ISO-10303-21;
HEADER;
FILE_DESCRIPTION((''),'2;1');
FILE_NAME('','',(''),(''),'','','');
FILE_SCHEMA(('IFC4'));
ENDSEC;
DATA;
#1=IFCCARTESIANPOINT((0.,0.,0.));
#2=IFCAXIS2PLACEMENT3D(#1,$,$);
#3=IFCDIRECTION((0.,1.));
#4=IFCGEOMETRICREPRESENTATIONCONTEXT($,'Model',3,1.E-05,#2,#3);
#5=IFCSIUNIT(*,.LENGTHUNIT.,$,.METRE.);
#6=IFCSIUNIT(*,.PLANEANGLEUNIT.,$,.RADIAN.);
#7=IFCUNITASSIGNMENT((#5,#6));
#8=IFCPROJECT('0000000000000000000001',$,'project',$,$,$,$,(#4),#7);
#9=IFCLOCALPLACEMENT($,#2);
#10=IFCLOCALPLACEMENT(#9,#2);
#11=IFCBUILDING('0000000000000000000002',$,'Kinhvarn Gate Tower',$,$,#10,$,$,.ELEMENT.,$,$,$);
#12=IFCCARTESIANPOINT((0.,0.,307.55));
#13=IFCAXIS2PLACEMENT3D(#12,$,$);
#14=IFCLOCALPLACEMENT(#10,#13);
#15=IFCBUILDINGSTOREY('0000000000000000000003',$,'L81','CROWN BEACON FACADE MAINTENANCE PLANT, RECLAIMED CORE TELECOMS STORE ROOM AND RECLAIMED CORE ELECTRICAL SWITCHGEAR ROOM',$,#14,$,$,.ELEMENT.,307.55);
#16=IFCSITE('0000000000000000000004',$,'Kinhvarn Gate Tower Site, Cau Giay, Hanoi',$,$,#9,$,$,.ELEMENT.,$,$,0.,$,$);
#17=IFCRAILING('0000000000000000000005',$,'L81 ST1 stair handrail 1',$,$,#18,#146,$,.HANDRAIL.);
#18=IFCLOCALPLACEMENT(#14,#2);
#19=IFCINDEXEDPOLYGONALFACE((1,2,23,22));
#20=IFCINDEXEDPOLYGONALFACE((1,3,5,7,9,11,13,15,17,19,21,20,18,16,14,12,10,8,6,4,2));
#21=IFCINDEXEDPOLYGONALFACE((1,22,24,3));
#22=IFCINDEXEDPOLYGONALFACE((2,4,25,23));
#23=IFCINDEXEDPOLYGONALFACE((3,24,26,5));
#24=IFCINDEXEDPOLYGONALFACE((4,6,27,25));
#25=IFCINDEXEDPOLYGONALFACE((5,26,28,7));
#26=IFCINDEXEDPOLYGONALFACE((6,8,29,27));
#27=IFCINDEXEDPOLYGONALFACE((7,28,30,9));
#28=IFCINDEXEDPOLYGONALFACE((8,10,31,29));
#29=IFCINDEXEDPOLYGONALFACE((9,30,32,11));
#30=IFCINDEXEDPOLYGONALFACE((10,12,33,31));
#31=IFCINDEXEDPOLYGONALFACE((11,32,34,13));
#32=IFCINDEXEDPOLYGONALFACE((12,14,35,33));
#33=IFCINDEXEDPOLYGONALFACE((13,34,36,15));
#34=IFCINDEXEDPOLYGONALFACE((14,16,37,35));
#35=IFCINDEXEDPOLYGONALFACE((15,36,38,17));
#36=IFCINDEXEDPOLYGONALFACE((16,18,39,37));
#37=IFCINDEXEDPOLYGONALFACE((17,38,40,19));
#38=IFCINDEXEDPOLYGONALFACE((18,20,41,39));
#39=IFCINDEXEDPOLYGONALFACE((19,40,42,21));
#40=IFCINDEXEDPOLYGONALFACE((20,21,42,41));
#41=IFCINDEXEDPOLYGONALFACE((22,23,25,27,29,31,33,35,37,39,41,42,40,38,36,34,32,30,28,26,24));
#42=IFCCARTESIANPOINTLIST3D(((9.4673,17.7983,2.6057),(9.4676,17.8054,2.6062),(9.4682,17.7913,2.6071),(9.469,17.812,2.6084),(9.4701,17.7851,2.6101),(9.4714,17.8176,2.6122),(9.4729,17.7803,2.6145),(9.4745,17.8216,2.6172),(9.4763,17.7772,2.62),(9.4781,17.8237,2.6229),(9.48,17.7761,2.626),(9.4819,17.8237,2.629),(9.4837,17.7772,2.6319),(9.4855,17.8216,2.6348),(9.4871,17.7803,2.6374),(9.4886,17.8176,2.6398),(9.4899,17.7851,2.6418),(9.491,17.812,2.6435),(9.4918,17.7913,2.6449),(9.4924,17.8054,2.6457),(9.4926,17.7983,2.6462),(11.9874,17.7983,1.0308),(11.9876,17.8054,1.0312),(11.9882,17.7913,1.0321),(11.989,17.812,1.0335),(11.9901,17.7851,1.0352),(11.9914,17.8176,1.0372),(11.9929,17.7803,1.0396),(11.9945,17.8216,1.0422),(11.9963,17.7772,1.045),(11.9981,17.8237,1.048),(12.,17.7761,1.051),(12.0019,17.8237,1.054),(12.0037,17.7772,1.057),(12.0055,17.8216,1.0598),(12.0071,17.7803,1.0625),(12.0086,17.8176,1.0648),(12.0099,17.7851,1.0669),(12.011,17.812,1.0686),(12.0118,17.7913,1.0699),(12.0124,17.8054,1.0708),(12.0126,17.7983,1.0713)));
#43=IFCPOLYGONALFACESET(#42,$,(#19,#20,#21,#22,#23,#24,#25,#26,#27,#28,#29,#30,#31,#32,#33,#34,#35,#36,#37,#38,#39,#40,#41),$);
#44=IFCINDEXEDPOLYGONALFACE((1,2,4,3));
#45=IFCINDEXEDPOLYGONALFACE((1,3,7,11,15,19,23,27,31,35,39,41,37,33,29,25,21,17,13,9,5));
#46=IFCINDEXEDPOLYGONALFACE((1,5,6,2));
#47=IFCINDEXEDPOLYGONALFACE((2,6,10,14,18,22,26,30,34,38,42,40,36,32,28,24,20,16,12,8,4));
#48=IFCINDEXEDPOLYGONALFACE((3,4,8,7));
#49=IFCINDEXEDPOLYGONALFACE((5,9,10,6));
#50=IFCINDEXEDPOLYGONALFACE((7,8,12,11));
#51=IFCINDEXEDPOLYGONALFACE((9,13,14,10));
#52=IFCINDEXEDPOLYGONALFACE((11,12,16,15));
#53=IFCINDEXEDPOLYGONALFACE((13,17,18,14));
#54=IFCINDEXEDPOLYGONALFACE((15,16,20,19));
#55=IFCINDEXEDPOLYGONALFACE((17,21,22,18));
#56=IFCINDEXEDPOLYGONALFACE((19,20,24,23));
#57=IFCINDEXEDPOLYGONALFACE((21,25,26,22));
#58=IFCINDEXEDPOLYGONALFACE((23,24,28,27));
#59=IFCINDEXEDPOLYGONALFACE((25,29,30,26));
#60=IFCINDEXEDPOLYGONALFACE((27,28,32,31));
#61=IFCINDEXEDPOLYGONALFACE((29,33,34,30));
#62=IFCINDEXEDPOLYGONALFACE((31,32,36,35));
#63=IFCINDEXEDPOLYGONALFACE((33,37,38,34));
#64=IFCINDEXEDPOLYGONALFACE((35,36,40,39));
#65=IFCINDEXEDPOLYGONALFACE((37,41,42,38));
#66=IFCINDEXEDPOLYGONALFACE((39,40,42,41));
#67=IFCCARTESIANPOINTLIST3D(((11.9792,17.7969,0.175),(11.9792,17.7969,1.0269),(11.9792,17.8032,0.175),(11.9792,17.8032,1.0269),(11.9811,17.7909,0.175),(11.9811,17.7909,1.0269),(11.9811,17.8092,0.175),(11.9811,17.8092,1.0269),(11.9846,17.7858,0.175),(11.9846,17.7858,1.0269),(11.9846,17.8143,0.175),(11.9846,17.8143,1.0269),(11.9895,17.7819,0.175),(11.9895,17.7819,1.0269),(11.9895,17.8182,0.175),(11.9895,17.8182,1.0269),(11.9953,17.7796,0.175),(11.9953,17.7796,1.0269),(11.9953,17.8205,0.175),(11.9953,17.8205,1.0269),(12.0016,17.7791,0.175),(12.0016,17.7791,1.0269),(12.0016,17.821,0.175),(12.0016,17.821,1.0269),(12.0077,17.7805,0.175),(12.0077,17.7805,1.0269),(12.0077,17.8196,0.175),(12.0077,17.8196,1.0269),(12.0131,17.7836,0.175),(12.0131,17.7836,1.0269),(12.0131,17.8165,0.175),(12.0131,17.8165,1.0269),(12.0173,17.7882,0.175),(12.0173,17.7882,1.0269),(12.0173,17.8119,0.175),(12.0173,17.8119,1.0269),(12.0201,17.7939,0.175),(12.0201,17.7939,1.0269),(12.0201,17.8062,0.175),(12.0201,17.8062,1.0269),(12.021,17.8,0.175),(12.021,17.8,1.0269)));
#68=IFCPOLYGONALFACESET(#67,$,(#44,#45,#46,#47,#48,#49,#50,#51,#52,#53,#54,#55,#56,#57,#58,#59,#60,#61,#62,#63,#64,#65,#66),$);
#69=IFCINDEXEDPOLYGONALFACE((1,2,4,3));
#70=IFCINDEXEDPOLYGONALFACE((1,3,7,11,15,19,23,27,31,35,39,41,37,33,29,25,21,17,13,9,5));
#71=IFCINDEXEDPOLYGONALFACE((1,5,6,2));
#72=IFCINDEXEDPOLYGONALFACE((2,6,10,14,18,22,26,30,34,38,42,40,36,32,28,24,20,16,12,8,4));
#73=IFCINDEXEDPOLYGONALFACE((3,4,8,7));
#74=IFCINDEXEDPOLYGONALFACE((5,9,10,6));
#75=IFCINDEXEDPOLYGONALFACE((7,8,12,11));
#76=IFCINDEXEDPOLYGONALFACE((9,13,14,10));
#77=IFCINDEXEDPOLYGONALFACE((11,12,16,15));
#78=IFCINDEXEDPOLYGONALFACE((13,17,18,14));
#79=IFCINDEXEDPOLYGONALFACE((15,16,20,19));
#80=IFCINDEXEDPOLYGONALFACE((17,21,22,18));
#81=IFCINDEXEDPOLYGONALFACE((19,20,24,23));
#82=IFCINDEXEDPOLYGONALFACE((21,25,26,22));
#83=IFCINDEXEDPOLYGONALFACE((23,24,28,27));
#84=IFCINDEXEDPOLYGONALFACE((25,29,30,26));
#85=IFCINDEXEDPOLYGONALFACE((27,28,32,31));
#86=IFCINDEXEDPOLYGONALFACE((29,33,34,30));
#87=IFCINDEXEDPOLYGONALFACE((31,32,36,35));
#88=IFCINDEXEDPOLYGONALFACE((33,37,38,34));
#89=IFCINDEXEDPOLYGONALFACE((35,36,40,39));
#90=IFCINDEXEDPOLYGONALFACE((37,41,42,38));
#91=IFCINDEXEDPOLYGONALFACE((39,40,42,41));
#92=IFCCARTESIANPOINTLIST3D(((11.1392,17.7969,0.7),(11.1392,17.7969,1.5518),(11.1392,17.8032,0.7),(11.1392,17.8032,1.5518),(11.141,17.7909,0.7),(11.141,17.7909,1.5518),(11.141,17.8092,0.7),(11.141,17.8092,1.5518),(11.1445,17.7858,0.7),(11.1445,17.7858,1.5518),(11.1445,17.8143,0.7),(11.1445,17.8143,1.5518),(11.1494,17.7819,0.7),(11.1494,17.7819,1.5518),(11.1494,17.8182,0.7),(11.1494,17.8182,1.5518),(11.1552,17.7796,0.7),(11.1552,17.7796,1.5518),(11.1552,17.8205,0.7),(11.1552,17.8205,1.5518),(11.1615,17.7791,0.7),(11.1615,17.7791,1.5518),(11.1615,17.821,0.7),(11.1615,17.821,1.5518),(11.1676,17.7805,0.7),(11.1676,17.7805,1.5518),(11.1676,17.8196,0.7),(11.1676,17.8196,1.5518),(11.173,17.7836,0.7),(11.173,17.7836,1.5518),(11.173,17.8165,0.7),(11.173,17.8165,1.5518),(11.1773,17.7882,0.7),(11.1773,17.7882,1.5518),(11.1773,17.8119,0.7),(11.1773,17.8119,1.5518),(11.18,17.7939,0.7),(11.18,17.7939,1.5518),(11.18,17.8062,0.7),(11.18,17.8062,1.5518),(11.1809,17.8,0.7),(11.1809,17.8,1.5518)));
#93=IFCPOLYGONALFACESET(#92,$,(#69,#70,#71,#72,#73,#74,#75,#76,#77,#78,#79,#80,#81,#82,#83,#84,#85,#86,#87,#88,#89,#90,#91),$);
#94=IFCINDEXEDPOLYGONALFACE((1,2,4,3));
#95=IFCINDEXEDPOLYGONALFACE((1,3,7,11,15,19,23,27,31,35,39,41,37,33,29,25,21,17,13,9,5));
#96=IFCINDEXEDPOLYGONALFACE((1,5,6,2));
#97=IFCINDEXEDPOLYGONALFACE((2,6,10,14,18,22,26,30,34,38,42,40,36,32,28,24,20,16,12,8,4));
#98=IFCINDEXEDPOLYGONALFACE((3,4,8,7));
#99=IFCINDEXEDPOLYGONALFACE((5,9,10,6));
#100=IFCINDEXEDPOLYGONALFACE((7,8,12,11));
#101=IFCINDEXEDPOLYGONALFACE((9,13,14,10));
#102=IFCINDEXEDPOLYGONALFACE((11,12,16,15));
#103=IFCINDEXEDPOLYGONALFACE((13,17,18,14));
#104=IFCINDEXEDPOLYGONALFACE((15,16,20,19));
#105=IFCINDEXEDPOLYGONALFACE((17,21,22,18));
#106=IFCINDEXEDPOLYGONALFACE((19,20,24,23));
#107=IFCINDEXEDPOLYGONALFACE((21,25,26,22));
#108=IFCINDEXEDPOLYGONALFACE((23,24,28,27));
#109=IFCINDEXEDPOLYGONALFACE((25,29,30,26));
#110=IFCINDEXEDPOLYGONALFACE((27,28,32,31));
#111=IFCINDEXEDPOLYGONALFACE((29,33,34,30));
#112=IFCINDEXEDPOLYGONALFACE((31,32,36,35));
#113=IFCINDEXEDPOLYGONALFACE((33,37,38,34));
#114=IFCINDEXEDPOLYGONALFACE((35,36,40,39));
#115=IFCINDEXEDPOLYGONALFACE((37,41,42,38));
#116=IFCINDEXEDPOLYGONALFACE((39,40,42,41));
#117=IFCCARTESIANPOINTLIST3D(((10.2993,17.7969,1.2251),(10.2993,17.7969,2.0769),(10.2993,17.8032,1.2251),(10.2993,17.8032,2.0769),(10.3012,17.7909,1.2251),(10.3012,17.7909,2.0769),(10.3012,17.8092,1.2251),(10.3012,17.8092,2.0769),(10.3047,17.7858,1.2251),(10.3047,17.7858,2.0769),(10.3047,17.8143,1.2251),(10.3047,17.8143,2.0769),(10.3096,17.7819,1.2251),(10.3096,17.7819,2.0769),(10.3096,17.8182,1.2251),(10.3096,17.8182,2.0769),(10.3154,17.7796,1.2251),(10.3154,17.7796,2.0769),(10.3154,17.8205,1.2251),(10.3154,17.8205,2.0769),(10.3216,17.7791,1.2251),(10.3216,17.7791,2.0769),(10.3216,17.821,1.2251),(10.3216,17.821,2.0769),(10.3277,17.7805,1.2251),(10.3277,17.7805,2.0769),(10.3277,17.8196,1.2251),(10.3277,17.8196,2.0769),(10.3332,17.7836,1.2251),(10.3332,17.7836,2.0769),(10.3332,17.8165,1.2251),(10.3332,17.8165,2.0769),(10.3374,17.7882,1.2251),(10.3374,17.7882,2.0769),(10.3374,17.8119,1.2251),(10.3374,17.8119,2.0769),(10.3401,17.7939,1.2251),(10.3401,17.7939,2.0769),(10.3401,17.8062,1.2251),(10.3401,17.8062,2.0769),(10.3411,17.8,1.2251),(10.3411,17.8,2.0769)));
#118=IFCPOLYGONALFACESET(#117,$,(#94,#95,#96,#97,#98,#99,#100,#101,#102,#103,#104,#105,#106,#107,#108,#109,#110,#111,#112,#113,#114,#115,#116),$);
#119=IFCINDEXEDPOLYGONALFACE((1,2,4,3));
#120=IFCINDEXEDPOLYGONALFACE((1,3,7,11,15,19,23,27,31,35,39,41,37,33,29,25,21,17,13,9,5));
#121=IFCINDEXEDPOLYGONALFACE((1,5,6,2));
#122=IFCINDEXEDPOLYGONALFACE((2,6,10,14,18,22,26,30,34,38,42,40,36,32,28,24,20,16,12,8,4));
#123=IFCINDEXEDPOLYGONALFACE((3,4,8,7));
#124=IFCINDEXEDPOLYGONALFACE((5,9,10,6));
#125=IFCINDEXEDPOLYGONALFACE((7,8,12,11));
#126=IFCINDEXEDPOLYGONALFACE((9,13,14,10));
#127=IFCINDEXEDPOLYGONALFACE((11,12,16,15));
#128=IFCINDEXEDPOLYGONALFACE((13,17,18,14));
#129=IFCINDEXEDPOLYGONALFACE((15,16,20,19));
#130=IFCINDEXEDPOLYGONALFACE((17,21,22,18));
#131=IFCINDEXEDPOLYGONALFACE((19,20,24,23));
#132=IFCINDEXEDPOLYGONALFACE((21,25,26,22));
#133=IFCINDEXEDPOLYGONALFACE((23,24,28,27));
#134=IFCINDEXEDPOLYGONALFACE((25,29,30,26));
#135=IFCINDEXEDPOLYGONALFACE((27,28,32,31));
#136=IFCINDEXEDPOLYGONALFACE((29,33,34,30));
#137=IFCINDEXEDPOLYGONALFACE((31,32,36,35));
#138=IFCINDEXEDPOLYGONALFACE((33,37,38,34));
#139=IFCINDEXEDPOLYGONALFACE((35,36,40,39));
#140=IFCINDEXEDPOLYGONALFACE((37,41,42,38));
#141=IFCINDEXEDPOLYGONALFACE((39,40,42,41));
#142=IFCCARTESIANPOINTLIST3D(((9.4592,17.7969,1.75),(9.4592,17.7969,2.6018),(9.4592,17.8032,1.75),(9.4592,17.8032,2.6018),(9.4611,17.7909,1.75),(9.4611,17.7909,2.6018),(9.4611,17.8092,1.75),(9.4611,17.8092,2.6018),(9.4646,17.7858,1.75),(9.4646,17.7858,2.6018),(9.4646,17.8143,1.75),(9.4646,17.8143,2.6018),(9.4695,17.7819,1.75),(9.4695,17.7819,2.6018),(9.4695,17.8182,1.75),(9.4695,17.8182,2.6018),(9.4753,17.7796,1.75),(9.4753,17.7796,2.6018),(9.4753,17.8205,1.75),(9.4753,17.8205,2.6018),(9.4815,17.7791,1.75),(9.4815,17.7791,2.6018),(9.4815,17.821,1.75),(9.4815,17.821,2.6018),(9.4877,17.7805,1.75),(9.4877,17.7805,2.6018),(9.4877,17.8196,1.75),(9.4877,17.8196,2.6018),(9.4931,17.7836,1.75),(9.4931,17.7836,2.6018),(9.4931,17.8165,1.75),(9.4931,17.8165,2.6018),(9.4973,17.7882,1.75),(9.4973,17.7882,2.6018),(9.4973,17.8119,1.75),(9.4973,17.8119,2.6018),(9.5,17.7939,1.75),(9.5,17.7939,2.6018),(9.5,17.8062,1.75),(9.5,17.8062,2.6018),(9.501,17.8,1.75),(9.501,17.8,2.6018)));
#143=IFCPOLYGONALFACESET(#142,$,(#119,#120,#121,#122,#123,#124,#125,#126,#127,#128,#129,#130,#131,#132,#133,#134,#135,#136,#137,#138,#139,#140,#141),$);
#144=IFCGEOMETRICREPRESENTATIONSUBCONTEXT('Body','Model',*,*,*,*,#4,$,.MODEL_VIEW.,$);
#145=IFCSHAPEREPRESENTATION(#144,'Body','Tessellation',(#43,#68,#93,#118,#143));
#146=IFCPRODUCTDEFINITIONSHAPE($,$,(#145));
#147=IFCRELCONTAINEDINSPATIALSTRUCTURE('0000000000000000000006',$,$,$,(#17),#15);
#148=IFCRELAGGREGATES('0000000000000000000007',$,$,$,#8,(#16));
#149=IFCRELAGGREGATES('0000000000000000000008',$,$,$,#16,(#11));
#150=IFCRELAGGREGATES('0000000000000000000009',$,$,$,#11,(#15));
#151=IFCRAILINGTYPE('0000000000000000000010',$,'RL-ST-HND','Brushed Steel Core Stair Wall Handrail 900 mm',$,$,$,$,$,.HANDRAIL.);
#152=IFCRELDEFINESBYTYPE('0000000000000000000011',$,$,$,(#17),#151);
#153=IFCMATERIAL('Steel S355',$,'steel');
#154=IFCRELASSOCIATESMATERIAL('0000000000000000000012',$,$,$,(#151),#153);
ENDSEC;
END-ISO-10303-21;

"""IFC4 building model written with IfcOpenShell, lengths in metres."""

from ifc_helpers import new_model, si_unit, direction, frame, origin, origin_2d, place, context, subcontext, project, spatial, circle, extrude, material, type_object, element, save


model = new_model("IFC4")

# Units and contexts
model_context = context("Model", 3, precision=1e-05, world=origin(), true_north=direction((0.0, 1.0)))
body_context = subcontext(model_context, "Body", "Model", "MODEL_VIEW")
ifc_project = project(units=[si_unit("LENGTHUNIT", "METRE"), si_unit("PLANEANGLEUNIT", "RADIAN")], contexts=[model_context])

# Site, building, storey
site_placement = place(None, origin())
site = spatial("IfcSite", under=ifc_project, at=site_placement, Name="Kinhvarn Gate Tower Site, Cau Giay, Hanoi", CompositionType="ELEMENT", RefElevation=0.0)
building_placement = place(site_placement, origin())
building = spatial("IfcBuilding", under=site, at=building_placement, Name="Kinhvarn Gate Tower", CompositionType="ELEMENT")
storey_placement = place(building_placement, frame((0.0, 0.0, 307.55)))
storey = spatial("IfcBuildingStorey", under=building, at=storey_placement, Name="L81", Description="CROWN BEACON FACADE MAINTENANCE PLANT, RECLAIMED CORE TELECOMS STORE ROOM AND RECLAIMED CORE ELECTRICAL SWITCHGEAR ROOM", CompositionType="ELEMENT", Elevation=307.55)

# Railing
ifc_material_1 = material(Name="Steel S355", Category="steel")
railing_type_1 = type_object("IfcRailingType", Name="RL-ST-HND", Description="Brushed Steel Core Stair Wall Handrail 900 mm", PredefinedType="HANDRAIL", material=ifc_material_1)
railing_1_placement = place(storey_placement, frame((12.0, 17.8, 0.175)))
element("IfcRailing", 1, at=railing_1_placement, inside=storey, type_object=railing_type_1, Name="L81 ST1 stair handrail 1", PredefinedType="HANDRAIL", context=body_context, shape_type="SweptSolid", body=[
    extrude(circle(Radius=0.0239, at=origin_2d()), frame((0.0, 0.0, 0.876), z_axis=(-0.848008, 0.0, 0.529984), x_axis=(0.0, -1.0, 0.0)), (0.0, 0.0, 1.0), 2.9717),
    extrude(circle(Radius=0.021, at=origin_2d()), origin(), (0.0, 0.0, 1.0), 0.8518),
    extrude(circle(Radius=0.021, at=origin_2d()), frame((-0.8401, 0.0, 0.5249)), (0.0, 0.0, 1.0), 0.8518),
    extrude(circle(Radius=0.021, at=origin_2d()), frame((-1.6799, 0.0, 1.05)), (0.0, 0.0, 1.0), 0.8518),
    extrude(circle(Radius=0.021, at=origin_2d()), frame((-2.52, 0.0, 1.575)), (0.0, 0.0, 1.0), 0.8518),
])

save(model, "model.ifc")
